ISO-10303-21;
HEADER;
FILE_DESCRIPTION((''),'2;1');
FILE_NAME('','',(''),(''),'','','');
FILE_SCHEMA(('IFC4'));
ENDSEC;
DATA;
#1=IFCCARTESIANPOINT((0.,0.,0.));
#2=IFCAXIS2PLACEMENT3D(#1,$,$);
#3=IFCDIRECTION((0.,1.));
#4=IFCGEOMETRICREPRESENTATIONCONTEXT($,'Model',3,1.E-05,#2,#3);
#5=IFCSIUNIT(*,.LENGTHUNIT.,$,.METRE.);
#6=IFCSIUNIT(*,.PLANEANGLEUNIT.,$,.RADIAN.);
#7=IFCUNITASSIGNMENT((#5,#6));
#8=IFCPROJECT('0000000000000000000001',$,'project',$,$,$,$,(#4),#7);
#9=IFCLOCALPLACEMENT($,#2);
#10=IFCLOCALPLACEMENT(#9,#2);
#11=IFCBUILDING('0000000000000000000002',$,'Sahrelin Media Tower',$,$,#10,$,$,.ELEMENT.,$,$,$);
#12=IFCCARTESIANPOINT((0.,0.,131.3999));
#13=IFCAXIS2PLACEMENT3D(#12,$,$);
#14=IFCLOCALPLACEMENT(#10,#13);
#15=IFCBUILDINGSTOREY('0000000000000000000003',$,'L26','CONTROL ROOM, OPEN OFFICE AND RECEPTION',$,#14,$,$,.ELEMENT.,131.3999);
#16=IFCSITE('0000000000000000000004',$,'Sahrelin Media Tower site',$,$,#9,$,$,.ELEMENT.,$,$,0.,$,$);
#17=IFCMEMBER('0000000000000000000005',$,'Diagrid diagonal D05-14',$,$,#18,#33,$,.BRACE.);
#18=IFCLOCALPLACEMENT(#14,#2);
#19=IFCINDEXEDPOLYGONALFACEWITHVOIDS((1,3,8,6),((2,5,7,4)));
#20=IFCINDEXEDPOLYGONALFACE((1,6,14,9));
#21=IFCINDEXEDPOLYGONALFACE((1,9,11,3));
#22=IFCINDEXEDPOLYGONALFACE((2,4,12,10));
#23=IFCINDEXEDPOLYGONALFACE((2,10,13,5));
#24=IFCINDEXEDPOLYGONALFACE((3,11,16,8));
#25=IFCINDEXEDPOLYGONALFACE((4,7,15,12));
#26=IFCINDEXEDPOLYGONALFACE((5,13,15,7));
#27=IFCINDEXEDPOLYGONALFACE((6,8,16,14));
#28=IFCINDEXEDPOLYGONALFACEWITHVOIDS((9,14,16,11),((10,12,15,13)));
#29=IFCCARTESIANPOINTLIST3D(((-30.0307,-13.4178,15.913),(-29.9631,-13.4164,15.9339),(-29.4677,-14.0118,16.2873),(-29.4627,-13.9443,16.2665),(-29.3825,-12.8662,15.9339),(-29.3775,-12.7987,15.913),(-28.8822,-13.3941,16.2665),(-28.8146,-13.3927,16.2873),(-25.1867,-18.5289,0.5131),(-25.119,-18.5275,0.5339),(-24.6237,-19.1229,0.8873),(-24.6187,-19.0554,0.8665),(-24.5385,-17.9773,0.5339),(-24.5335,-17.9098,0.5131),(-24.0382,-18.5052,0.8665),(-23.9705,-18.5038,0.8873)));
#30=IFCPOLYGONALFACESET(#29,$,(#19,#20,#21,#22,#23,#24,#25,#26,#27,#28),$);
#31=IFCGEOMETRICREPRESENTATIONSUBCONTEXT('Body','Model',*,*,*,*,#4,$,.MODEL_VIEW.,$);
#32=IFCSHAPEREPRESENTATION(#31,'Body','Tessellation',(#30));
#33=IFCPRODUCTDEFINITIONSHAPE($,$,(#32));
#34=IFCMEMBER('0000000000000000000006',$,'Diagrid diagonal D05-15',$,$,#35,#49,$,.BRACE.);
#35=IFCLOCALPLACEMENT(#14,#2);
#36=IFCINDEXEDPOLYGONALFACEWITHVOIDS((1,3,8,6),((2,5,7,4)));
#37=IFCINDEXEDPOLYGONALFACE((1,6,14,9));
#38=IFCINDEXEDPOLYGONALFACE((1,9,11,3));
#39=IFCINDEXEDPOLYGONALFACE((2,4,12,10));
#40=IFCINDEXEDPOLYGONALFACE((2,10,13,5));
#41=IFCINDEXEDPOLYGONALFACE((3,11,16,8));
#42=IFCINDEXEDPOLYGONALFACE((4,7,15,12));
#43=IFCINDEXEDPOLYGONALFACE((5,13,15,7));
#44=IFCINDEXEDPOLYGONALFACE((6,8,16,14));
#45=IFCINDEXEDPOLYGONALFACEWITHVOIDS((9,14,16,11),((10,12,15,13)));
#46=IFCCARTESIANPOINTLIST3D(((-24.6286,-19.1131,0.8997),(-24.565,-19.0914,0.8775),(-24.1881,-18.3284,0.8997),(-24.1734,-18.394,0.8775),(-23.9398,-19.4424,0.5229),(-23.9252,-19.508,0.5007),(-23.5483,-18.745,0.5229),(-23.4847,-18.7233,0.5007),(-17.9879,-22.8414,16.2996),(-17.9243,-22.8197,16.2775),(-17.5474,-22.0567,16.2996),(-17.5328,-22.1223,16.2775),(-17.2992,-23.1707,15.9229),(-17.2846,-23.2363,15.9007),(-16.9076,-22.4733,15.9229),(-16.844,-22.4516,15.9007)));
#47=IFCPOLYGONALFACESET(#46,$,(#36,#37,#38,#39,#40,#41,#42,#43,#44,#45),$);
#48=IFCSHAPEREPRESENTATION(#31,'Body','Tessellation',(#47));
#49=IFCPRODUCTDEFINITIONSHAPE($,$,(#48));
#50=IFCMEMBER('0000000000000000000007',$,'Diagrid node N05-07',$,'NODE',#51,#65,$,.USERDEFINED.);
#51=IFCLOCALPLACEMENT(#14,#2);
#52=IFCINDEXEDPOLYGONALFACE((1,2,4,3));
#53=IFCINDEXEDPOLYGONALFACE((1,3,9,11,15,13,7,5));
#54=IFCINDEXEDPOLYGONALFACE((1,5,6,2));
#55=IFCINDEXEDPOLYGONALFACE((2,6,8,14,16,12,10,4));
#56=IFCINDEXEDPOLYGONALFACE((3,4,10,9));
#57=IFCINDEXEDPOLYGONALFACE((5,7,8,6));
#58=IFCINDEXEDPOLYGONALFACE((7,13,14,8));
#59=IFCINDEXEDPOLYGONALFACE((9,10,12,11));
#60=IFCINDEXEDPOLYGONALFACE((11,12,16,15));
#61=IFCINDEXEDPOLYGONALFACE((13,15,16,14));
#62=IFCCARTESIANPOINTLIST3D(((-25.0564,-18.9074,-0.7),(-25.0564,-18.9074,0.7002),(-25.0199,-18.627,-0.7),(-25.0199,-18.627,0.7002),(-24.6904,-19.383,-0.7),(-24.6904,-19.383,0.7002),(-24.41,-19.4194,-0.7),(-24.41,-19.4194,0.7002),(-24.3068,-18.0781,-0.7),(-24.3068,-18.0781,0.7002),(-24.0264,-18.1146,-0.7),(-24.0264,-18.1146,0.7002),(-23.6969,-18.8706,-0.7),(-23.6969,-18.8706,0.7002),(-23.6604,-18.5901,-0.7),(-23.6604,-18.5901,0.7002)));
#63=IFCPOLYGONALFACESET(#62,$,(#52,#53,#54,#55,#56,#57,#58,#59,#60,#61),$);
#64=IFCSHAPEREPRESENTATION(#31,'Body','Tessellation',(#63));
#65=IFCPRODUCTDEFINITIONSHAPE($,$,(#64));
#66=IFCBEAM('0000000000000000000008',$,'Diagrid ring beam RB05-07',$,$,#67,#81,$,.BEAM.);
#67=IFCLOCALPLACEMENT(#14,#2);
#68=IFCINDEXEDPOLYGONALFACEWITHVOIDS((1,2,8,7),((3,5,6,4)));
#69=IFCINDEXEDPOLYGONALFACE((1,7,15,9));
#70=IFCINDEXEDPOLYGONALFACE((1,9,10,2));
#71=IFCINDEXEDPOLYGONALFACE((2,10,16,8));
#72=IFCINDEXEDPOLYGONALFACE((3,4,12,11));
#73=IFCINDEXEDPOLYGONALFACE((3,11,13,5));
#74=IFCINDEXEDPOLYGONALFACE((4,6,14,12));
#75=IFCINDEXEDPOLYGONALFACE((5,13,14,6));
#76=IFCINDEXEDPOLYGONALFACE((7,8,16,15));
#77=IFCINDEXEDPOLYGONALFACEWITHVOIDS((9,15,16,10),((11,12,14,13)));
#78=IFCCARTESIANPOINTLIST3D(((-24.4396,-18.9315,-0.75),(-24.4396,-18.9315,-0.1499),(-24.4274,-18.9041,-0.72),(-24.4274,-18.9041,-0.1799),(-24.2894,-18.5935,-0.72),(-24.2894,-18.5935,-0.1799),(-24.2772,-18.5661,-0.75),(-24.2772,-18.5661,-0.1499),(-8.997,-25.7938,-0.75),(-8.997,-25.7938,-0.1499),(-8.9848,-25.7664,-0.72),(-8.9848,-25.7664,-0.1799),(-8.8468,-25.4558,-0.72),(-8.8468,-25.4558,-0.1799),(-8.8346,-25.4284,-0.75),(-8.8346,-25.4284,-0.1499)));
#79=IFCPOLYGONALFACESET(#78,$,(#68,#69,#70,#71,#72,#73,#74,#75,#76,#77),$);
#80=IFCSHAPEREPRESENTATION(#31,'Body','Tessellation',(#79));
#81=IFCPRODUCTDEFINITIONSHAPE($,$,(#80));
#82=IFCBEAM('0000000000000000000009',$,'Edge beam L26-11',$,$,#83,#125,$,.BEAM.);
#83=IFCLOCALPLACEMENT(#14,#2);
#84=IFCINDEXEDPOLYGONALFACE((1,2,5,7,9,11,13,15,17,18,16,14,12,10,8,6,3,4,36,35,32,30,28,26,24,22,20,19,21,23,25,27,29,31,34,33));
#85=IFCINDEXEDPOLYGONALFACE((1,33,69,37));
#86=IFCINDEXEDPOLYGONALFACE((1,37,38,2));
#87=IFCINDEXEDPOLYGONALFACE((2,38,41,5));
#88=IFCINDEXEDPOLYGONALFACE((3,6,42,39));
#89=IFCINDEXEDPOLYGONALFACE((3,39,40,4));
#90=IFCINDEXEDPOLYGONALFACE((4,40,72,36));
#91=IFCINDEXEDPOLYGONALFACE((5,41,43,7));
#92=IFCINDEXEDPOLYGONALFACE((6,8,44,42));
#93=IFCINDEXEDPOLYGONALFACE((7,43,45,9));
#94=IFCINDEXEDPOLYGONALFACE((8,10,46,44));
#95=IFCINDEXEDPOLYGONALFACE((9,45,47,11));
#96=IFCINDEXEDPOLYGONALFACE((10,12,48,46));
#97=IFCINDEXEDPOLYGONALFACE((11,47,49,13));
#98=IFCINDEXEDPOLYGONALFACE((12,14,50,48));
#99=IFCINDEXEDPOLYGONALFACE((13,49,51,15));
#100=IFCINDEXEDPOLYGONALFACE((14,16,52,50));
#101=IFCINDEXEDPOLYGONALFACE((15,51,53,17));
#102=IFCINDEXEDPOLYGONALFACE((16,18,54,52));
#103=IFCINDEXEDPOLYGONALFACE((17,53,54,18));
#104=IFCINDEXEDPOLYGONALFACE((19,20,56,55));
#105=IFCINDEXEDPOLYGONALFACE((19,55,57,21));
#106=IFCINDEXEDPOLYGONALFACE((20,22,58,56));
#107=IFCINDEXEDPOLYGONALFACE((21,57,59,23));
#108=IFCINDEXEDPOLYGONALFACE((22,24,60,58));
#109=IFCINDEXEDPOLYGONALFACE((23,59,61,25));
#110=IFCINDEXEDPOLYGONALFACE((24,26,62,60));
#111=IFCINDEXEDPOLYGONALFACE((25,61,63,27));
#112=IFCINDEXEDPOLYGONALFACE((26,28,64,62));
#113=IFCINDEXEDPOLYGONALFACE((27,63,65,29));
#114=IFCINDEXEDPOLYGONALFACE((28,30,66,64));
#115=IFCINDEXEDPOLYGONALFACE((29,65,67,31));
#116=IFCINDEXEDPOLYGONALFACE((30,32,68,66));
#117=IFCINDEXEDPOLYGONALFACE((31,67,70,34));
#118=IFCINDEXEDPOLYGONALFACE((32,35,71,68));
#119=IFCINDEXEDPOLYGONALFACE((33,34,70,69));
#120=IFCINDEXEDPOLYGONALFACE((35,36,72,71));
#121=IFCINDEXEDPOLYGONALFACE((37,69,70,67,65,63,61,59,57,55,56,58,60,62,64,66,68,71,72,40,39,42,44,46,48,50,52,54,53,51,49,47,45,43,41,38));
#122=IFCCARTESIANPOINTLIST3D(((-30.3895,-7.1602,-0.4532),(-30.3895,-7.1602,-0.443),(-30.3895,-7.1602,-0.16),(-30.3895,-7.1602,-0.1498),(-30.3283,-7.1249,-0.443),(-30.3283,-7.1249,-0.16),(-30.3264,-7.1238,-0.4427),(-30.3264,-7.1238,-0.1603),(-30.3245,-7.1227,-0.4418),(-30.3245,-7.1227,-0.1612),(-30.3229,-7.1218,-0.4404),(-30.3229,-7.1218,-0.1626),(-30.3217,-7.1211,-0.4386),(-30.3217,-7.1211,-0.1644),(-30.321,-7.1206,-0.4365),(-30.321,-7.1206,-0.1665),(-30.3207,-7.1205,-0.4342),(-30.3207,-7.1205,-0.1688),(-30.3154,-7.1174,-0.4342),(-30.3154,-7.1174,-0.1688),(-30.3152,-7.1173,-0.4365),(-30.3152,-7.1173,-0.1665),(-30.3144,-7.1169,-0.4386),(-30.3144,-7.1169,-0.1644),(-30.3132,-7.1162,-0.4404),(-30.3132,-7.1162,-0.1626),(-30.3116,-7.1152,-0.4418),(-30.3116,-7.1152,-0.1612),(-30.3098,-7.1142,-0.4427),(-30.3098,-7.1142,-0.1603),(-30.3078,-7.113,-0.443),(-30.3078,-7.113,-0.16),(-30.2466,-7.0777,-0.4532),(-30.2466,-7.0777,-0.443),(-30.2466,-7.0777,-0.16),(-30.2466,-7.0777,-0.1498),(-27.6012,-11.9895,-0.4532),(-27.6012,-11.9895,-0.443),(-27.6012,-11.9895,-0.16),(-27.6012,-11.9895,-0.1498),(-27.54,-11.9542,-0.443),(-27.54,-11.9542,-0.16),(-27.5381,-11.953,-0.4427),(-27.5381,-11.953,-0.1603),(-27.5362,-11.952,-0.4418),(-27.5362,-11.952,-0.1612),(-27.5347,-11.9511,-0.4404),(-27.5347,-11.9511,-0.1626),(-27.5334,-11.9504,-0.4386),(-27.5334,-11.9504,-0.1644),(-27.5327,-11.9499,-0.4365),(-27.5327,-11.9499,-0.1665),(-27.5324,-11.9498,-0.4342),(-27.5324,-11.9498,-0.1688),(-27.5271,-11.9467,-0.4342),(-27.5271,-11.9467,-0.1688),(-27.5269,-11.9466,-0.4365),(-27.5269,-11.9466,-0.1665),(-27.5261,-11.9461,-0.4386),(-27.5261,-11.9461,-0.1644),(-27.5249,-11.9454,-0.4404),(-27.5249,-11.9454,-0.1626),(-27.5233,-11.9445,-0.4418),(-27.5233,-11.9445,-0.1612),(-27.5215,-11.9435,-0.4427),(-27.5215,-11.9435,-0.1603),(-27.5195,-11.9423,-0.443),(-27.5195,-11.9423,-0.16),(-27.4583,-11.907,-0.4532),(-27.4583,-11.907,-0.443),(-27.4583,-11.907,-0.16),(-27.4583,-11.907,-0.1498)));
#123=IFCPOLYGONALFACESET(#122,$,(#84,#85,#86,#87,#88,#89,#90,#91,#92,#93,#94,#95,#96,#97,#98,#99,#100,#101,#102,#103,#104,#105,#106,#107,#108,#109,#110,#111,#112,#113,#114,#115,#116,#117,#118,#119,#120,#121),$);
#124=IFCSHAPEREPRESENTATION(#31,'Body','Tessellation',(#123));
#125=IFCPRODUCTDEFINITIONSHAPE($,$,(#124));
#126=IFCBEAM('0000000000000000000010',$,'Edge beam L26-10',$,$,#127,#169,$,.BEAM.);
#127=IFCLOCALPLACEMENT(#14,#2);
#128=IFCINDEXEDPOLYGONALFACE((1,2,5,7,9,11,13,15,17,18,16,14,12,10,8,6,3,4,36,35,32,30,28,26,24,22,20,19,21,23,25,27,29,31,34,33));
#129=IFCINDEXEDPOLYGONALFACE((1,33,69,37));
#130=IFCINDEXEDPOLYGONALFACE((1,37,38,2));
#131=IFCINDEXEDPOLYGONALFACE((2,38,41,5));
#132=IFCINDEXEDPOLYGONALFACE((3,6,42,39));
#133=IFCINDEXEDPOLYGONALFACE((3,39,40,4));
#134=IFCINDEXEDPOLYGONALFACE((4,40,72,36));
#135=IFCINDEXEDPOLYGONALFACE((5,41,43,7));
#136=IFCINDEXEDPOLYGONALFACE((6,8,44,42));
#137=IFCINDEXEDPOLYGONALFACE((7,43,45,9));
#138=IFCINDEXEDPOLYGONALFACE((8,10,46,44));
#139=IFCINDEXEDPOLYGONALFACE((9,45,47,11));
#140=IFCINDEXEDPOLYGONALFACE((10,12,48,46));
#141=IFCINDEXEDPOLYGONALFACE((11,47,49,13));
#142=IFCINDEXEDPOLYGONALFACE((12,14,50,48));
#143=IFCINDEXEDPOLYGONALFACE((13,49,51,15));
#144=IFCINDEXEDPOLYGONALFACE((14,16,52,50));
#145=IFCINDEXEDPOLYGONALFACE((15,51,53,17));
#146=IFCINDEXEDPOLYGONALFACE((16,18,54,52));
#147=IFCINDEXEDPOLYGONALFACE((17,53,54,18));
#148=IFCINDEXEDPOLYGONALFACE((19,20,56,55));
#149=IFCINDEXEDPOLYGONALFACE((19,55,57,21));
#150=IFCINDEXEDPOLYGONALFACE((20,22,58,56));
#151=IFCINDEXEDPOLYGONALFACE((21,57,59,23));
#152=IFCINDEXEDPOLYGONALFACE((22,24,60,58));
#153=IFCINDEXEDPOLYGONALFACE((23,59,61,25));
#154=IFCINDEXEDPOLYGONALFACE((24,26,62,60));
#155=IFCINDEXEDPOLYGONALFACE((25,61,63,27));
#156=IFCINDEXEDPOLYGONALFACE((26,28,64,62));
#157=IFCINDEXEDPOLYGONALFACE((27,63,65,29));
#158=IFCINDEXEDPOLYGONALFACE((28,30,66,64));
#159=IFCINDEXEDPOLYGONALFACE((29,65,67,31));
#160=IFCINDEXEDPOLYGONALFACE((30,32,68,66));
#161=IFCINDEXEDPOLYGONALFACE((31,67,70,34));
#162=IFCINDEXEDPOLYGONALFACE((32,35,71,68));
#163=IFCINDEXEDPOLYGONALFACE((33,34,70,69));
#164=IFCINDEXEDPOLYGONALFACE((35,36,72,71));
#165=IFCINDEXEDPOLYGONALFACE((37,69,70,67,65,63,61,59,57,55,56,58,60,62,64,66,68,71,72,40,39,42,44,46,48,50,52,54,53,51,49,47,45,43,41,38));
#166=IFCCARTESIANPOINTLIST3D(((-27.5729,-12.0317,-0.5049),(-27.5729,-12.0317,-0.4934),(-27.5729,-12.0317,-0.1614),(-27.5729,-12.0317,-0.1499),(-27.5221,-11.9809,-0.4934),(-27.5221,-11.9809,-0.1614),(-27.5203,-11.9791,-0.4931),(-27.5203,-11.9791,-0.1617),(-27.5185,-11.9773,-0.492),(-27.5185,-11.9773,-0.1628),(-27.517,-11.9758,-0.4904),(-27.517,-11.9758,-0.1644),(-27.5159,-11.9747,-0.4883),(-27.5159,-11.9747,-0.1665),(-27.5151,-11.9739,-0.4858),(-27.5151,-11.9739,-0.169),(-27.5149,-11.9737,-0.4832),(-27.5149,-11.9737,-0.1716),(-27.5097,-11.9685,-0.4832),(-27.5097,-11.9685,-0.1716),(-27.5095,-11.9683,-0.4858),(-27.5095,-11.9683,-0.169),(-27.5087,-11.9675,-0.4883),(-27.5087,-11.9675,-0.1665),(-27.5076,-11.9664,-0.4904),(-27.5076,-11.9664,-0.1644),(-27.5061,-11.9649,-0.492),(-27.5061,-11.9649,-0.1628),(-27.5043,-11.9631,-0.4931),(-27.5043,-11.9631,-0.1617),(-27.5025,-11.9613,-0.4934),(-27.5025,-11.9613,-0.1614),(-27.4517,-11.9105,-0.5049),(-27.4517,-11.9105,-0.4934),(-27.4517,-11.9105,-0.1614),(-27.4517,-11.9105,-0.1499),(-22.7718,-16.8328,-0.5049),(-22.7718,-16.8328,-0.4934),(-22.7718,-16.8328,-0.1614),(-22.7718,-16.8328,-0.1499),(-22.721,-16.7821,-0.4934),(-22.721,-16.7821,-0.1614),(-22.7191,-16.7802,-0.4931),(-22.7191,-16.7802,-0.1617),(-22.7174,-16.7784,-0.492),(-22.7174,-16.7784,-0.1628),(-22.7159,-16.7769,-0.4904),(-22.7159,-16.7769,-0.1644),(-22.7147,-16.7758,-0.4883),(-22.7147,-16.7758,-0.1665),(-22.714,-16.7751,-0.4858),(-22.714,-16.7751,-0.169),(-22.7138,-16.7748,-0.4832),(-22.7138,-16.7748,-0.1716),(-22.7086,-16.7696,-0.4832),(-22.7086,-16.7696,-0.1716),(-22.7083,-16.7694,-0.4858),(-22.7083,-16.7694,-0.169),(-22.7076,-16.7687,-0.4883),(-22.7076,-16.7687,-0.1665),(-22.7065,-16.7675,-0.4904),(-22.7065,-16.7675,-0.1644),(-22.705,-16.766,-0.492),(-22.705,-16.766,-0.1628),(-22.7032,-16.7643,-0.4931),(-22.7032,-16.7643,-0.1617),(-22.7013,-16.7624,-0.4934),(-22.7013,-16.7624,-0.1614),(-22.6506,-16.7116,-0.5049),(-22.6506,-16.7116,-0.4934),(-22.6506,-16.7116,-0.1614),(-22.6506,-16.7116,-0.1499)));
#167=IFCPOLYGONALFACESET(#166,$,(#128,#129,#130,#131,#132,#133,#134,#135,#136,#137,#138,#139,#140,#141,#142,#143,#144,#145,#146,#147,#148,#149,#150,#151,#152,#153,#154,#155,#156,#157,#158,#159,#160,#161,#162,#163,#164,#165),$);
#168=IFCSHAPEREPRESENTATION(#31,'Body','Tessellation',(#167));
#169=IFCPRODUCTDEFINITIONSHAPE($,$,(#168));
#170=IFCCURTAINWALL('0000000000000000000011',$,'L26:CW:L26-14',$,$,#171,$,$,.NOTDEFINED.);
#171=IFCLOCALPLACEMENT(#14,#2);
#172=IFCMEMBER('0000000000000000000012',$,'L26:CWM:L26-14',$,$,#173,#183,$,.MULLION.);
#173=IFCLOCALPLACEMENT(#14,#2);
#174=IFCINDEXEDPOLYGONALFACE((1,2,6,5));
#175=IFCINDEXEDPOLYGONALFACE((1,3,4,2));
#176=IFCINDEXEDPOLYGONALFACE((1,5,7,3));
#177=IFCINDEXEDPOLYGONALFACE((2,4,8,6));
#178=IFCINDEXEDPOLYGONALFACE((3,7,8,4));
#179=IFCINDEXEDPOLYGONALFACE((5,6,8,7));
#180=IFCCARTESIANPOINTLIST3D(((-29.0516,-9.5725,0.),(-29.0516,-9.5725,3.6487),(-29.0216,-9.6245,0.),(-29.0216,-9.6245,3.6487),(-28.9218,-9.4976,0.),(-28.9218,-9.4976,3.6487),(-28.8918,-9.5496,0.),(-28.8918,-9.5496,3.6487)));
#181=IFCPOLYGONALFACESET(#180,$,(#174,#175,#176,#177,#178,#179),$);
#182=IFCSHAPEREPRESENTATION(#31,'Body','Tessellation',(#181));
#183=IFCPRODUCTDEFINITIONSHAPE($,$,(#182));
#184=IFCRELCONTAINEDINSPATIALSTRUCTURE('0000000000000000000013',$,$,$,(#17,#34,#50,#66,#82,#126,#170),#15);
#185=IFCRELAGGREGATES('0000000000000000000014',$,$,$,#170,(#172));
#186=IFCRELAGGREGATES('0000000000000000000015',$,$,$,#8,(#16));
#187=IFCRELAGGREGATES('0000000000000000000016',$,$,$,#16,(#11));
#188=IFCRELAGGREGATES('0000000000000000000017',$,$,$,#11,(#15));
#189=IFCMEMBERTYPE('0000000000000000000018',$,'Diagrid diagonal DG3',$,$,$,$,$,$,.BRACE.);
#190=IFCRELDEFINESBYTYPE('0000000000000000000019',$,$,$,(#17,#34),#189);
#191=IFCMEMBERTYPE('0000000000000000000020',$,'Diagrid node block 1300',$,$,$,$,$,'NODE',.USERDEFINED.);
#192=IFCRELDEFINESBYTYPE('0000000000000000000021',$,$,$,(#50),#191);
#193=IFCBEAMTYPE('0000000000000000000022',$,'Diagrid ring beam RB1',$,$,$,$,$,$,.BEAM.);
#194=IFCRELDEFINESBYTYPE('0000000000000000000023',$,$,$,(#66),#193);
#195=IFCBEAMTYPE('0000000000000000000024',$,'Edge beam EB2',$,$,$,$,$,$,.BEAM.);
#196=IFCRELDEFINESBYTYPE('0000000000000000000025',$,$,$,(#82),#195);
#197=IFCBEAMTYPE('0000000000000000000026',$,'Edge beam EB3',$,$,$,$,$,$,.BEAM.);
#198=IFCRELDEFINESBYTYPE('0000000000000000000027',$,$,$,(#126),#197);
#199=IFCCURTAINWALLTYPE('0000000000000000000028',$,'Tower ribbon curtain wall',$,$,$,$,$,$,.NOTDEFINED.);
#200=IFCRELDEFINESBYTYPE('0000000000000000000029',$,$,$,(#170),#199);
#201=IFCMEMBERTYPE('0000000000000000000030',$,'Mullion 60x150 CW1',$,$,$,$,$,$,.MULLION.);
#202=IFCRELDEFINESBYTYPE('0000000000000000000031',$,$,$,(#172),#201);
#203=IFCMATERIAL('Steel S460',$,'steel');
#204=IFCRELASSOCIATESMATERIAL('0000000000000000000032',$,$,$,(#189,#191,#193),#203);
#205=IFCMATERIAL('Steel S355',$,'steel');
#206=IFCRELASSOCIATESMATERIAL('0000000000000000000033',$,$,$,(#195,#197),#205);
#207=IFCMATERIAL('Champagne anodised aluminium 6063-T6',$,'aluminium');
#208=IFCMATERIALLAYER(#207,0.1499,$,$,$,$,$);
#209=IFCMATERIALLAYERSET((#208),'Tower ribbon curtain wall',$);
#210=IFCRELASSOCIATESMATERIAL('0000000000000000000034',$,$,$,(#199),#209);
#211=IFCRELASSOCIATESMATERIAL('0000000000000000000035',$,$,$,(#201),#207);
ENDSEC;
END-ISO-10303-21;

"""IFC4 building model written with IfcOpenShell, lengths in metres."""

from ifc_helpers import new_model, si_unit, direction, frame, origin, origin_2d, place, context, subcontext, project, spatial, polyline, rectangle, hollow_rectangle, i_section, outline, extrude, material, layer, layer_set, material_profile, profile_set, type_object, element, aggregate, save


model = new_model("IFC4")

# Units and contexts
model_context = context("Model", 3, precision=1e-05, world=origin(), true_north=direction((0.0, 1.0)))
body_context = subcontext(model_context, "Body", "Model", "MODEL_VIEW")
ifc_project = project(units=[si_unit("LENGTHUNIT", "METRE"), si_unit("PLANEANGLEUNIT", "RADIAN")], contexts=[model_context])

# Site, building, storey
site_placement = place(None, origin())
site = spatial("IfcSite", under=ifc_project, at=site_placement, Name="Sahrelin Media Tower site", CompositionType="ELEMENT", RefElevation=0.0)
building_placement = place(site_placement, origin())
building = spatial("IfcBuilding", under=site, at=building_placement, Name="Sahrelin Media Tower", CompositionType="ELEMENT")
storey_placement = place(building_placement, frame((0.0, 0.0, 131.3999)))
storey = spatial("IfcBuildingStorey", under=building, at=storey_placement, Name="L26", Description="CONTROL ROOM, OPEN OFFICE AND RECEPTION", CompositionType="ELEMENT", Elevation=131.3999)

# Members
ifc_material_1 = material(Name="Steel S460", Category="steel")
ifc_material_profile_1 = material_profile(ifc_material_1, hollow_rectangle(XDim=0.8999, YDim=0.8999, WallThickness=0.05, at=origin_2d()), Name="Diagrid diagonal DG3")
ifc_profile_set_1 = profile_set([ifc_material_profile_1], Name="Steel S460")
member_type_1 = type_object("IfcMemberType", Name="Diagrid diagonal DG3", PredefinedType="BRACE", material=ifc_profile_set_1)
member_1_placement = place(storey_placement, frame((-24.5786, -18.5164, 0.7002), z_axis=(-0.286059, 0.301832, 0.909432), x_axis=(-0.725817, -0.687888, 0.0)))
element("IfcMember", 1, at=member_1_placement, inside=storey, type_object=member_type_1, Name="Diagrid diagonal D05-14", PredefinedType="BRACE", context=body_context, shape_type="SweptSolid", body=[
    extrude(hollow_rectangle(XDim=0.8999, YDim=0.8999, WallThickness=0.05, at=origin_2d()), origin(), (0.0, 0.0, 1.0), 16.9336),
])
member_2_placement = place(storey_placement, frame((-24.0566, -18.9182, 0.7002), z_axis=(0.386531, -0.217011, 0.896382), x_axis=(0.489555, 0.871973, 0.0)))
element("IfcMember", 2, at=member_2_placement, inside=storey, type_object=member_type_1, Name="Diagrid diagonal D05-15", PredefinedType="BRACE", context=body_context, shape_type="SweptSolid", body=[
    extrude(hollow_rectangle(XDim=0.8999, YDim=0.8999, WallThickness=0.05, at=origin_2d()), origin(), (0.0, 0.0, 1.0), 17.1802),
])
ifc_material_profile_2 = material_profile(ifc_material_1, outline(polyline([(0.45, -0.5), (0.6499, -0.3), (0.6499, 0.3), (0.45, 0.5), (-0.45, 0.5), (-0.6499, 0.3), (-0.6499, -0.3), (-0.45, -0.5), (0.45, -0.5)])), Name="Diagrid node block 1300")
ifc_profile_set_2 = profile_set([ifc_material_profile_2], Name="Steel S460")
member_type_2 = type_object("IfcMemberType", Name="Diagrid node block 1300", ElementType="NODE", PredefinedType="USERDEFINED", material=ifc_profile_set_2)
member_3_placement = place(storey_placement, frame((-24.3584, -18.7488, -0.7), z_axis=(0.0, 0.0, 1.0), x_axis=(-0.792445, -0.609943, 0.0)))
element("IfcMember", 3, at=member_3_placement, inside=storey, type_object=member_type_2, Name="Diagrid node N05-07", ObjectType="NODE", PredefinedType="USERDEFINED", context=body_context, shape_type="SweptSolid", body=[
    extrude(outline(polyline([(0.45, -0.5), (0.6499, -0.3), (0.6499, 0.3), (0.45, 0.5), (-0.45, 0.5), (-0.6499, 0.3), (-0.6499, -0.3), (-0.45, -0.5), (0.45, -0.5)])), origin(), (0.0, 0.0, 1.0), 1.4001),
])

# Beams
ifc_material_profile_3 = material_profile(ifc_material_1, hollow_rectangle(XDim=0.3999, YDim=0.6001, WallThickness=0.03, at=origin_2d()), Name="Diagrid ring beam RB1")
ifc_profile_set_3 = profile_set([ifc_material_profile_3], Name="Steel S460")
beam_type_1 = type_object("IfcBeamType", Name="Diagrid ring beam RB1", PredefinedType="BEAM", material=ifc_profile_set_3)
beam_1_placement = place(storey_placement, frame((-24.3584, -18.7488, -0.45), z_axis=(0.913835, -0.406085, 0.0), x_axis=(0.406085, 0.913835, 0.0)))
element("IfcBeam", 4, at=beam_1_placement, inside=storey, type_object=beam_type_1, Name="Diagrid ring beam RB05-07", PredefinedType="BEAM", context=body_context, shape_type="SweptSolid", body=[
    extrude(hollow_rectangle(XDim=0.3999, YDim=0.6001, WallThickness=0.03, at=origin_2d()), origin(), (0.0, 0.0, 1.0), 16.8987),
])
ifc_material_2 = material(Name="Steel S355", Category="steel")
ifc_material_profile_4 = material_profile(ifc_material_2, i_section(OverallWidth=0.165, OverallDepth=0.3035, WebThickness=0.0061, FlangeThickness=0.0103, FilletRadius=0.0088, at=origin_2d()), Name="UB 305x165x40")
ifc_profile_set_4 = profile_set([ifc_material_profile_4], Name="Steel S355")
beam_type_2 = type_object("IfcBeamType", Name="Edge beam EB2", PredefinedType="BEAM", material=ifc_profile_set_4)
beam_2_placement = place(storey_placement, frame((-27.5298, -11.9482, -0.3015), z_axis=(-0.500014, 0.866017, 0.0), x_axis=(-0.866017, -0.500014, 0.0)))
element("IfcBeam", 5, at=beam_2_placement, inside=storey, type_object=beam_type_2, Name="Edge beam L26-11", PredefinedType="BEAM", context=body_context, shape_type="SweptSolid", body=[
    extrude(i_section(OverallWidth=0.165, OverallDepth=0.3035, WebThickness=0.0061, FlangeThickness=0.0103, FilletRadius=0.0088, at=origin_2d()), origin(), (0.0, 0.0, 1.0), 5.5764),
])
ifc_material_profile_5 = material_profile(ifc_material_2, i_section(OverallWidth=0.1714, OverallDepth=0.355, WebThickness=0.0073, FlangeThickness=0.0115, FilletRadius=0.0103, at=origin_2d()), Name="UB 356x171x51")
ifc_profile_set_5 = profile_set([ifc_material_profile_5], Name="Steel S355")
beam_type_3 = type_object("IfcBeamType", Name="Edge beam EB3", PredefinedType="BEAM", material=ifc_profile_set_5)
beam_3_placement = place(storey_placement, frame((-22.7112, -16.7722, -0.3274), z_axis=(-0.707107, 0.707107, 0.0), x_axis=(-0.707107, -0.707107, 0.0)))
element("IfcBeam", 6, at=beam_3_placement, inside=storey, type_object=beam_type_3, Name="Edge beam L26-10", PredefinedType="BEAM", context=body_context, shape_type="SweptSolid", body=[
    extrude(i_section(OverallWidth=0.1714, OverallDepth=0.355, WebThickness=0.0073, FlangeThickness=0.0115, FilletRadius=0.0103, at=origin_2d()), origin(), (0.0, 0.0, 1.0), 6.7898),
])

# Curtain wall, member
ifc_material_3 = material(Name="Champagne anodised aluminium 6063-T6", Category="aluminium")
ifc_layer_1 = layer(ifc_material_3, 0.1499)
ifc_layer_set_1 = layer_set([ifc_layer_1], Name="Tower ribbon curtain wall")
curtain_wall_type = type_object("IfcCurtainWallType", Name="Tower ribbon curtain wall", PredefinedType="NOTDEFINED", material=ifc_layer_set_1)
curtain_wall_1_placement = place(storey_placement, frame((-29.054, -9.6086, 0.0), z_axis=(0.0, 0.0, 1.0), x_axis=(1.0, 0.0, 0.0)))
curtain_wall_1 = element("IfcCurtainWall", 7, at=curtain_wall_1_placement, inside=storey, type_object=curtain_wall_type, Name="L26:CW:L26-14", PredefinedType="NOTDEFINED")
ifc_material_profile_6 = material_profile(ifc_material_3, rectangle(XDim=0.0601, YDim=0.1499, at=origin_2d()), Name="Mullion 60x150")
ifc_profile_set_6 = profile_set([ifc_material_profile_6], Name="Champagne anodised aluminium 6063-T6")
member_type_3 = type_object("IfcMemberType", Name="Mullion 60x150 CW1", PredefinedType="MULLION", material=ifc_profile_set_6)
member_4_placement = place(storey_placement, frame((-28.9717, -9.561, 0.0), z_axis=(0.0, 0.0, 1.0), x_axis=(0.500006, -0.866022, 0.0)))
member_4 = element("IfcMember", 8, at=member_4_placement, type_object=member_type_3, Name="L26:CWM:L26-14", PredefinedType="MULLION", context=body_context, shape_type="SweptSolid", body=[
    extrude(rectangle(XDim=0.0601, YDim=0.1499, at=origin_2d()), origin(), (0.0, 0.0, 1.0), 3.6487),
])
aggregate(curtain_wall_1, [member_4])

save(model, "model.ifc")
